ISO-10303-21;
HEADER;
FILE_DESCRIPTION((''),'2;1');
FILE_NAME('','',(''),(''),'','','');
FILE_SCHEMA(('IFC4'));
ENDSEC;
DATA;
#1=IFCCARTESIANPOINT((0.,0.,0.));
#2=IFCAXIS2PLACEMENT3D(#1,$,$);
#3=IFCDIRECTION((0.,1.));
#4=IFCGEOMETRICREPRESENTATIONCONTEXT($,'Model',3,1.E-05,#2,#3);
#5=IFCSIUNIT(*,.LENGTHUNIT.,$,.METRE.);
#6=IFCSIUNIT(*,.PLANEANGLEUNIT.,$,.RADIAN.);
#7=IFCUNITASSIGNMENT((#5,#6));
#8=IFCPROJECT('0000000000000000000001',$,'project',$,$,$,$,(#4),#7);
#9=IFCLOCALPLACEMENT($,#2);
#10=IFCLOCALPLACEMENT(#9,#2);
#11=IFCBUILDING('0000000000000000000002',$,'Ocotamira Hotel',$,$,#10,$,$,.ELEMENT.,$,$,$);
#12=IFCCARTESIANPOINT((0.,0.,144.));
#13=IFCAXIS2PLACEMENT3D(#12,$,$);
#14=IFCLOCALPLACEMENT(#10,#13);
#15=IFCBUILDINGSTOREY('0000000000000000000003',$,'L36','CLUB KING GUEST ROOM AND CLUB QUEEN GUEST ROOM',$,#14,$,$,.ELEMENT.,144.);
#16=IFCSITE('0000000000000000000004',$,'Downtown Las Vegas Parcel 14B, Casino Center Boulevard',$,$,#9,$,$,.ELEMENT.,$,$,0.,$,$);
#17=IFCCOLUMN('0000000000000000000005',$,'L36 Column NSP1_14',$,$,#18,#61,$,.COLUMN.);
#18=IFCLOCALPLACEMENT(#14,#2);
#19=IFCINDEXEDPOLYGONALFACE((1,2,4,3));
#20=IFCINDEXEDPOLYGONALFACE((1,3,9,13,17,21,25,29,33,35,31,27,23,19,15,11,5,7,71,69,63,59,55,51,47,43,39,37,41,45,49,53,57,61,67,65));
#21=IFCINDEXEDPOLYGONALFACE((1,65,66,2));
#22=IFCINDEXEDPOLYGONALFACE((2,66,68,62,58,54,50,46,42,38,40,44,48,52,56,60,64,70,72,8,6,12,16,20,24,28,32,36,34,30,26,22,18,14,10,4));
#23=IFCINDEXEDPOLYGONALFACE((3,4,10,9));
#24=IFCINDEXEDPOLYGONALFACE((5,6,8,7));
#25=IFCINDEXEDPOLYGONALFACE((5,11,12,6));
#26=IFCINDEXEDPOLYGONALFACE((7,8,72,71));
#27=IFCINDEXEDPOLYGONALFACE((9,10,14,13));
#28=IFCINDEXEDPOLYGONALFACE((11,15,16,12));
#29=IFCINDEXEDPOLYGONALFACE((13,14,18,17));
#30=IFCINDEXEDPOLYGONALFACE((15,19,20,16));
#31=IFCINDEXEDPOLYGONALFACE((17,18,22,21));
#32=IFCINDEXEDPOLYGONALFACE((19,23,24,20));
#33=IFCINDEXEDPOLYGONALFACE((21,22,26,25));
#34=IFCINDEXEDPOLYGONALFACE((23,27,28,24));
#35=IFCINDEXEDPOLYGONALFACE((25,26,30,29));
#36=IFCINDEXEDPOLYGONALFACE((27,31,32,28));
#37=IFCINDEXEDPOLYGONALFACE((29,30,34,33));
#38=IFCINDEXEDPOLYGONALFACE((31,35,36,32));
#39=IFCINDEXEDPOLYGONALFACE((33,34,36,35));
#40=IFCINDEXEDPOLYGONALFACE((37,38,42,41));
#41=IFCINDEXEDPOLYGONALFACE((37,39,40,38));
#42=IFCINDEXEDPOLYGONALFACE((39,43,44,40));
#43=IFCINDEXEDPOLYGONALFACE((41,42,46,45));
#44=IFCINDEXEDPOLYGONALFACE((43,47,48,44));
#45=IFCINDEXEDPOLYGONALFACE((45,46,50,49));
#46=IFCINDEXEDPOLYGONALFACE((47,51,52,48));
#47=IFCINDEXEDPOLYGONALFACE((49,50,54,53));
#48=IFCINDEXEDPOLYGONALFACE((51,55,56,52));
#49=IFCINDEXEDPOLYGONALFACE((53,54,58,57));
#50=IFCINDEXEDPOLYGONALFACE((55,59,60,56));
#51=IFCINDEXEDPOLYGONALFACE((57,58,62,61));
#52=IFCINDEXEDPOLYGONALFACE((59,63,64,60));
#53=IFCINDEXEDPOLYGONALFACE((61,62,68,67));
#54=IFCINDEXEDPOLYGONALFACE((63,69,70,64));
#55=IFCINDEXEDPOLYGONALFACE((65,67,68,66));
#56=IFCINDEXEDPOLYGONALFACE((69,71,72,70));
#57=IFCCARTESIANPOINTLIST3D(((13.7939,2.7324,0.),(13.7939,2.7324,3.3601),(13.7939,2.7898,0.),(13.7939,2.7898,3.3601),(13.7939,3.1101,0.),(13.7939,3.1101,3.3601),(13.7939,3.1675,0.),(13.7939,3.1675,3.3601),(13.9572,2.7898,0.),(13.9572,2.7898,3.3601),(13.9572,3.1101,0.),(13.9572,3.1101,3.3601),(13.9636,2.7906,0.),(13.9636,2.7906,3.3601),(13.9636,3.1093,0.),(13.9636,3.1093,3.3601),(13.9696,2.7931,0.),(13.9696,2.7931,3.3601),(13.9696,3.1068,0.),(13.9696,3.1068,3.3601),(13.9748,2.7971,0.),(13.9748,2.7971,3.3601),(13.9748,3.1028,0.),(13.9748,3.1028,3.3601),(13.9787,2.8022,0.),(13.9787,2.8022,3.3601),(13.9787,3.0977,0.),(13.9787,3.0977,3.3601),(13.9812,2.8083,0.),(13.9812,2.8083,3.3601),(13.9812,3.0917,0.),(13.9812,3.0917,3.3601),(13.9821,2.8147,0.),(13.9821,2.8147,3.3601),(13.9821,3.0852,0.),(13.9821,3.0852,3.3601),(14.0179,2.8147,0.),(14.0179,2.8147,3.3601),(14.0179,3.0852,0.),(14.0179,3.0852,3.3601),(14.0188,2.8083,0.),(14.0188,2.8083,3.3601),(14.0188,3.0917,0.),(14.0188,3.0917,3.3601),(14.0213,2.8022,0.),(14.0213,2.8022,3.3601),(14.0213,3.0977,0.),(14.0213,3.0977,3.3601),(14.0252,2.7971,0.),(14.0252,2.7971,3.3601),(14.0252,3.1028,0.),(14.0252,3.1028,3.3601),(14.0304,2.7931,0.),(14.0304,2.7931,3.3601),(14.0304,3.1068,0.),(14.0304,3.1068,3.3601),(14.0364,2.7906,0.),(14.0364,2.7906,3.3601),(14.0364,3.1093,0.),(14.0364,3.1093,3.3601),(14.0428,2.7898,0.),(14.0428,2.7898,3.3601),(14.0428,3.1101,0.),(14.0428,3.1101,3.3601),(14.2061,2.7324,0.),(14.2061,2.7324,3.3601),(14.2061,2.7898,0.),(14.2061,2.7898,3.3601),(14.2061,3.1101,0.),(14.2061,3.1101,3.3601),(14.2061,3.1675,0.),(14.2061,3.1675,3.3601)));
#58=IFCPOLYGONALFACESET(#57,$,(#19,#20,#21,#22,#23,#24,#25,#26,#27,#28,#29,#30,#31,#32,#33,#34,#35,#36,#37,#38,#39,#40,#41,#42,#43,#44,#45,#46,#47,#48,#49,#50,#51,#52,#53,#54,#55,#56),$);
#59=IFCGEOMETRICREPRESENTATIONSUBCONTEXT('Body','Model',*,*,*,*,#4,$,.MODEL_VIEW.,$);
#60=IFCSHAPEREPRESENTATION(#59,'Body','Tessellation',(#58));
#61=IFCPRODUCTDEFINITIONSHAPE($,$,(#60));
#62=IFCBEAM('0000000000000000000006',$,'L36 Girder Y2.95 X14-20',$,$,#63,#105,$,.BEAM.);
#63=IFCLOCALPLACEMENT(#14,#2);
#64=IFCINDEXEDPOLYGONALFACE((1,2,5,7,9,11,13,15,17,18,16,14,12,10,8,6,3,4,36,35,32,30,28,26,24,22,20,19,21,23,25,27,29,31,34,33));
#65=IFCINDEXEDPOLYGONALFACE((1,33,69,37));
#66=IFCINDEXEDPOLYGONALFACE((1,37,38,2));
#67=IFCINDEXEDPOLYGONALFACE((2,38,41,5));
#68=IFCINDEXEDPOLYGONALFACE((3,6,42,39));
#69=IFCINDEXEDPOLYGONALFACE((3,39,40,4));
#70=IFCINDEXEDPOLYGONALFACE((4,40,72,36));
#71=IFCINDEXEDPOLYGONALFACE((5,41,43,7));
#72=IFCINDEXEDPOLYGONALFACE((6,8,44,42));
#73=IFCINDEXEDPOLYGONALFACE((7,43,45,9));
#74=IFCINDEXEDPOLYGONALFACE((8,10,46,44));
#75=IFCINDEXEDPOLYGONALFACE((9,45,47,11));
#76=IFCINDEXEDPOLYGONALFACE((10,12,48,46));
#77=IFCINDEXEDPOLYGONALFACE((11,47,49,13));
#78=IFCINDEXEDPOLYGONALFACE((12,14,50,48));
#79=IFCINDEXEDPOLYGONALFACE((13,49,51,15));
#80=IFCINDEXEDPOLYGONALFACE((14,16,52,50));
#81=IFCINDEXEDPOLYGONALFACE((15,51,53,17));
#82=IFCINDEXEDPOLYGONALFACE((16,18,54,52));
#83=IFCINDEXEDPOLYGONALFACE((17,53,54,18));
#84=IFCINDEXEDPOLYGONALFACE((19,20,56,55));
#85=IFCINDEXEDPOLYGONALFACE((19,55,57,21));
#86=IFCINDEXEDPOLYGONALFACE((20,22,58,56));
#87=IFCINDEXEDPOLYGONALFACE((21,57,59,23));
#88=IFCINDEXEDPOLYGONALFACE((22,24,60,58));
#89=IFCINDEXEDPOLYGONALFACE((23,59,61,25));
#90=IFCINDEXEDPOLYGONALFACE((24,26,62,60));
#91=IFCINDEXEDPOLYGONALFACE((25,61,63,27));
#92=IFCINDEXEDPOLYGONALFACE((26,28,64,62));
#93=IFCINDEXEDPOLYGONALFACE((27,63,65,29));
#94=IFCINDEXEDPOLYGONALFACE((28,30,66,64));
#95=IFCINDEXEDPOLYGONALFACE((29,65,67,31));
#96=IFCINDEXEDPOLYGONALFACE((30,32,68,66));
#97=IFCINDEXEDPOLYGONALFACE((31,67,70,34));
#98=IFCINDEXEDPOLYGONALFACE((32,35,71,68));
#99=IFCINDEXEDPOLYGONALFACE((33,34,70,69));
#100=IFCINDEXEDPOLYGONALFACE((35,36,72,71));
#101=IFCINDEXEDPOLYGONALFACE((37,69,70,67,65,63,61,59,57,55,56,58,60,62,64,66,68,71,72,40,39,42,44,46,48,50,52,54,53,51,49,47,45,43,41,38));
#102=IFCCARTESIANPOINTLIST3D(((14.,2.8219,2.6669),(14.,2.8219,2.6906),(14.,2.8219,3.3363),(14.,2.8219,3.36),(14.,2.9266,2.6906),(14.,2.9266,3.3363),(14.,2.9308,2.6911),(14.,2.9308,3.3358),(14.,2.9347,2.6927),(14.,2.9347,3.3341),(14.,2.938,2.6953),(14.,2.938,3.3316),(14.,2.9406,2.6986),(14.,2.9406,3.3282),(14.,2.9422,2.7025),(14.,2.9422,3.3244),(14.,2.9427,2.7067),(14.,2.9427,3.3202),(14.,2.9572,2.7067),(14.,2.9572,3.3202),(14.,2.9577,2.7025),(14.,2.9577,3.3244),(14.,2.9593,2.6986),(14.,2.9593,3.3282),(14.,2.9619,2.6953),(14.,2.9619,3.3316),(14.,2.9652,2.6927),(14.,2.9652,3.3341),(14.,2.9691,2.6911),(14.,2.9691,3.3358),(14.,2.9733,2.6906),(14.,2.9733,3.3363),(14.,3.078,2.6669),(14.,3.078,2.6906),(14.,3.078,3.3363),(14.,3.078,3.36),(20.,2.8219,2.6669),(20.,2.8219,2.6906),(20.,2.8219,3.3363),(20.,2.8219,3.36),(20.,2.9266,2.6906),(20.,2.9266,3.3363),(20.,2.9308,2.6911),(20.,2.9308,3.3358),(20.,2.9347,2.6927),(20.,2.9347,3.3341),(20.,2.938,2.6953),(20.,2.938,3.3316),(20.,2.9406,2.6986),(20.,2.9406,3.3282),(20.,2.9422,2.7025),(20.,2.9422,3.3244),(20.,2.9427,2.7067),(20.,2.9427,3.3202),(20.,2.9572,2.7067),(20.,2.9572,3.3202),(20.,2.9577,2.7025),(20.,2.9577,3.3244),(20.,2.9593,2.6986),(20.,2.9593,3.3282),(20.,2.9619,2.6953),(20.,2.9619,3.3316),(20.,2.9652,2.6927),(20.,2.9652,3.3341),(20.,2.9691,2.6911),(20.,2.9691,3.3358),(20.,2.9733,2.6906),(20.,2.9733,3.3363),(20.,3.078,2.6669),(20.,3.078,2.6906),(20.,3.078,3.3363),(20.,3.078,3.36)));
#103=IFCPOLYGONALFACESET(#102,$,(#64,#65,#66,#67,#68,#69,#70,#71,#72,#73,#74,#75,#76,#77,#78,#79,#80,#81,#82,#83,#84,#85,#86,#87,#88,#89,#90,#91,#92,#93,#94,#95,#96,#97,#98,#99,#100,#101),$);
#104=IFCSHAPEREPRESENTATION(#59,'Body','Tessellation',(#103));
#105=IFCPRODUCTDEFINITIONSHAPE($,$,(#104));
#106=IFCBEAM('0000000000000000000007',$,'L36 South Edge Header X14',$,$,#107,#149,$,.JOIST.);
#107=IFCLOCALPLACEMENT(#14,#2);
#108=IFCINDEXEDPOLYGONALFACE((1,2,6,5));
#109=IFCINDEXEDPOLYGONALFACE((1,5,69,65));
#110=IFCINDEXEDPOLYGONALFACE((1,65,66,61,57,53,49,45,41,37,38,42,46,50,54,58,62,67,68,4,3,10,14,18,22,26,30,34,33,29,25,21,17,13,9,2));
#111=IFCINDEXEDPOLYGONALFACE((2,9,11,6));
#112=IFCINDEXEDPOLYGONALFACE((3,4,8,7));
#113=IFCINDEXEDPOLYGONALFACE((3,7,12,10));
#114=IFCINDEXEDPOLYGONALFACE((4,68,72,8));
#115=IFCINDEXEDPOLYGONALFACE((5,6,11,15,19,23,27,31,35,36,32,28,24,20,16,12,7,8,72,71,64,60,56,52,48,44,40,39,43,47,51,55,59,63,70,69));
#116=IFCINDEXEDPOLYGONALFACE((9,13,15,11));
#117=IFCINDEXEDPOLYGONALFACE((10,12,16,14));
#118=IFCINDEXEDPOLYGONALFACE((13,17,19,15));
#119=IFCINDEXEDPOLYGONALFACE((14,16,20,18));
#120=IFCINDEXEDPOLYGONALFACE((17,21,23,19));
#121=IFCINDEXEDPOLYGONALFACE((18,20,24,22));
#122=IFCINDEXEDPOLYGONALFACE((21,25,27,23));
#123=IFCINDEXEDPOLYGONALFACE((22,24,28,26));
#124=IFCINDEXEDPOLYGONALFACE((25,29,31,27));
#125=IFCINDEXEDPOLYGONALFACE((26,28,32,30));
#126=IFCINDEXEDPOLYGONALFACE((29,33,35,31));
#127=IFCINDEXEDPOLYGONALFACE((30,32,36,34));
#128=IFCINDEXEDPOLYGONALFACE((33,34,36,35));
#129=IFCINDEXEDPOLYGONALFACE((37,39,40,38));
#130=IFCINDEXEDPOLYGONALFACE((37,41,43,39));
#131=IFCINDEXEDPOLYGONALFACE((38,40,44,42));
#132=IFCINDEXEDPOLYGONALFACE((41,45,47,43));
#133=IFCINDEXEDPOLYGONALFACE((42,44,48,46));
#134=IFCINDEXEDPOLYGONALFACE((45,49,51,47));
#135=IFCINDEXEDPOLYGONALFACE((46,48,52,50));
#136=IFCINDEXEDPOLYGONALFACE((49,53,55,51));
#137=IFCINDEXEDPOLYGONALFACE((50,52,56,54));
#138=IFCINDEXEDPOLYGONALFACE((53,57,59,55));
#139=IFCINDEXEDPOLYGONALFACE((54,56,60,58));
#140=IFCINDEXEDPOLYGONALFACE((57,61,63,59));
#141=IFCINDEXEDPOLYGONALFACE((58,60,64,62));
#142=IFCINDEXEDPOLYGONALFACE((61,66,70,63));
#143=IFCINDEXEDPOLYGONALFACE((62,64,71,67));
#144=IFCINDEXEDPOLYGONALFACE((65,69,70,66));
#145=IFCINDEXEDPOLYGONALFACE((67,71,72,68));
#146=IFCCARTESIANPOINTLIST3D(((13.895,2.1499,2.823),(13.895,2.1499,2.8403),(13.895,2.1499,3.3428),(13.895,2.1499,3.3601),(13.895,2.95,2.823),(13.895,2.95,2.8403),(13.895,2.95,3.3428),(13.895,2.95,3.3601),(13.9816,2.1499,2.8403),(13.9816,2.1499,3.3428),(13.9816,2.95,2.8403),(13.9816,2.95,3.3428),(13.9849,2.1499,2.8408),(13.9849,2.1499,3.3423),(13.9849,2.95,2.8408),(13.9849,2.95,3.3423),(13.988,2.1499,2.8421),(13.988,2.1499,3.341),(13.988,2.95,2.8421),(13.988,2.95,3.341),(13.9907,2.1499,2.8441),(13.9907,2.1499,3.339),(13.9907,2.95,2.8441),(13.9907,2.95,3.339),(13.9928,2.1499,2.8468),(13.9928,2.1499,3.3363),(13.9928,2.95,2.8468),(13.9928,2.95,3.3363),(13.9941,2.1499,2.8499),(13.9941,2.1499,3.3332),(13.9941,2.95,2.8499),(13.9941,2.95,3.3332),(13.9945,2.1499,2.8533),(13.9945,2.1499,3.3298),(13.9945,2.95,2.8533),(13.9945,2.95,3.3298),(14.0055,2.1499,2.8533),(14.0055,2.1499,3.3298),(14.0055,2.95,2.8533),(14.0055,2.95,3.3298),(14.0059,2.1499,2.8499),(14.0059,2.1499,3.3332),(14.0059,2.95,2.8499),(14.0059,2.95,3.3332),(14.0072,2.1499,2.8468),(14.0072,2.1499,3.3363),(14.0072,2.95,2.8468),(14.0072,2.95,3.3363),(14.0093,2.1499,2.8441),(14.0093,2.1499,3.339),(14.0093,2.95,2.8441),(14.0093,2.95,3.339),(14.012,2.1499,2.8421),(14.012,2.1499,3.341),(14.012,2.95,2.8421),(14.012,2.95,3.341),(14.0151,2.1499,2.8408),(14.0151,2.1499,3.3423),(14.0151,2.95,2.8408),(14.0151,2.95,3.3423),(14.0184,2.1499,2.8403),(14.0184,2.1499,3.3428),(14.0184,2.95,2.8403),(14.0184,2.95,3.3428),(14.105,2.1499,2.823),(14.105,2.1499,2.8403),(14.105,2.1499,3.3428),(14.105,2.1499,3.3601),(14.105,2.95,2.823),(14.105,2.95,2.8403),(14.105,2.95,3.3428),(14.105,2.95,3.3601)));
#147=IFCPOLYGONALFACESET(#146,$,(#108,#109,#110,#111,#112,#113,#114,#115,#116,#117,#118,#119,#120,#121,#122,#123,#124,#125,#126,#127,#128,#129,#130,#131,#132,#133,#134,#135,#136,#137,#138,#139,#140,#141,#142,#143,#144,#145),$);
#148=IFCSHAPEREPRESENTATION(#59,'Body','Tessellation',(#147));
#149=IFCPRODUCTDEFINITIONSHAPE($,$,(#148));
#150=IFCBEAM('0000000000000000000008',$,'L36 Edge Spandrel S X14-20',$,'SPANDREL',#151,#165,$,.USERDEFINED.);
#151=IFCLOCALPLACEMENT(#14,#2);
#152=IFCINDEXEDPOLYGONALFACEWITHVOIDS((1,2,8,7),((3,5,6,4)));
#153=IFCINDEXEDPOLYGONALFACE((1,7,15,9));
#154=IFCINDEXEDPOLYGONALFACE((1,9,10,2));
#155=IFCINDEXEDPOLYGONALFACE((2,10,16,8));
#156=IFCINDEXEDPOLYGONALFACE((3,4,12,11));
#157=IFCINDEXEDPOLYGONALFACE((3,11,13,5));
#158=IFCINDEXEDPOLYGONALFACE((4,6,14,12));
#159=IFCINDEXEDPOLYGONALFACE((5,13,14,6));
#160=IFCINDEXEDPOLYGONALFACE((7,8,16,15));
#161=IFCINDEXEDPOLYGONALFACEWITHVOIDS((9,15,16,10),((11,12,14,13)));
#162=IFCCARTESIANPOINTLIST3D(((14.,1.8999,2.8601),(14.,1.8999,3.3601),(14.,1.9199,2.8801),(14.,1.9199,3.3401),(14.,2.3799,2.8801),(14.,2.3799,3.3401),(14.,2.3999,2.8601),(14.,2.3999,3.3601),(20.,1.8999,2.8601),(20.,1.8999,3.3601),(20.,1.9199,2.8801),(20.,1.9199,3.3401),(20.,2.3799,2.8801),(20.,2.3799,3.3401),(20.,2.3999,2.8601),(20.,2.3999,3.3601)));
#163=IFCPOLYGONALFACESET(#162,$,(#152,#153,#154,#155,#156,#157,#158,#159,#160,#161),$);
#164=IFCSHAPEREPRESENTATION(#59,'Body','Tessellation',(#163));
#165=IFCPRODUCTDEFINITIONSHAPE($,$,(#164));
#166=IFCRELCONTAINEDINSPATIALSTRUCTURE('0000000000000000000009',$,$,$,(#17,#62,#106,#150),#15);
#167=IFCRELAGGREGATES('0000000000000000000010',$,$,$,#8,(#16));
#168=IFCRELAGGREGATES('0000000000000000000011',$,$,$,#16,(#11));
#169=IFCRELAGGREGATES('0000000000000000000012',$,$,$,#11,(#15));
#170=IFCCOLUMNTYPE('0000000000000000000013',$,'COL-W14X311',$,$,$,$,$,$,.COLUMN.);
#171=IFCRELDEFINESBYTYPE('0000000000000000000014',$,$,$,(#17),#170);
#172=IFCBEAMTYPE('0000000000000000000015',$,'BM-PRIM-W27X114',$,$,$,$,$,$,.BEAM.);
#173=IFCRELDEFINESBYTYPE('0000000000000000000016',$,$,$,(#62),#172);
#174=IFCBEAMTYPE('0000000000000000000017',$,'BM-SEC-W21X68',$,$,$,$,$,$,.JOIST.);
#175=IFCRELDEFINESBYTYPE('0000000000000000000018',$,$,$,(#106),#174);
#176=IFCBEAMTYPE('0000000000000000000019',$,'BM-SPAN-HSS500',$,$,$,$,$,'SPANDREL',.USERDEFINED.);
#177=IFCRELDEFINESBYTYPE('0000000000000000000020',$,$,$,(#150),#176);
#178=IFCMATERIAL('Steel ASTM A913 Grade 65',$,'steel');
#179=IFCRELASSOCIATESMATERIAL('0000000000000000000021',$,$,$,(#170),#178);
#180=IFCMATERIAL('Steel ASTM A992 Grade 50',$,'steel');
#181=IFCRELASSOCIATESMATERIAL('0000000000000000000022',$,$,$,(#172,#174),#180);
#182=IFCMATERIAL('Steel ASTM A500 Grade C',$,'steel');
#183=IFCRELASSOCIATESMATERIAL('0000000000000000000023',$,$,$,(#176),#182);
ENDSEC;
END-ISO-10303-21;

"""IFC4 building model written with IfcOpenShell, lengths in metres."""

from ifc_helpers import new_model, si_unit, direction, frame, origin, origin_2d, place, context, subcontext, project, spatial, hollow_rectangle, i_section, extrude, source, transform, mapped, material, material_profile, profile_set, type_object, element, save


model = new_model("IFC4")

# Units and contexts
model_context = context("Model", 3, precision=1e-05, world=origin(), true_north=direction((0.0, 1.0)))
body_context = subcontext(model_context, "Body", "Model", "MODEL_VIEW")
ifc_project = project(units=[si_unit("LENGTHUNIT", "METRE"), si_unit("PLANEANGLEUNIT", "RADIAN")], contexts=[model_context])

# Site, building, storey
site_placement = place(None, origin())
site = spatial("IfcSite", under=ifc_project, at=site_placement, Name="Downtown Las Vegas Parcel 14B, Casino Center Boulevard", CompositionType="ELEMENT", RefElevation=0.0)
building_placement = place(site_placement, origin())
building = spatial("IfcBuilding", under=site, at=building_placement, Name="Ocotamira Hotel", CompositionType="ELEMENT")
storey_placement = place(building_placement, frame((0.0, 0.0, 144.0)))
storey = spatial("IfcBuildingStorey", under=building, at=storey_placement, Name="L36", Description="CLUB KING GUEST ROOM AND CLUB QUEEN GUEST ROOM", CompositionType="ELEMENT", Elevation=144.0)

# Column
ifc_material_1 = material(Name="Steel ASTM A913 Grade 65", Category="steel")
ifc_material_profile_1 = material_profile(ifc_material_1, i_section(OverallWidth=0.4121, OverallDepth=0.4351, WebThickness=0.0359, FlangeThickness=0.0574, FilletRadius=0.0249, at=origin_2d()), Name="W14X311")
ifc_profile_set_1 = profile_set([ifc_material_profile_1], Name="Steel ASTM A913 Grade 65")
column_type = type_object("IfcColumnType", Name="COL-W14X311", PredefinedType="COLUMN", material=ifc_profile_set_1)
shared_shape_1 = source(origin(), body_context, "Body", "SweptSolid", [
    extrude(i_section(OverallWidth=0.4121, OverallDepth=0.4351, WebThickness=0.0359, FlangeThickness=0.0574, FilletRadius=0.0249, at=origin_2d()), origin(), (0.0, 0.0, 1.0), 3.3601),
])
column_placement = place(storey_placement, frame((14.0, 2.95, 0.0), z_axis=(0.0, 0.0, 1.0), x_axis=(1.0, 0.0, 0.0)))
element("IfcColumn", 1, at=column_placement, inside=storey, type_object=column_type, Name="L36 Column NSP1_14", PredefinedType="COLUMN", context=body_context, shape_type="MappedRepresentation", body=[
    mapped(shared_shape_1, transform((0.0, 0.0, 0.0), scale=1.0)),
])

# Beams
ifc_material_2 = material(Name="Steel ASTM A992 Grade 50", Category="steel")
ifc_material_profile_2 = material_profile(ifc_material_2, i_section(OverallWidth=0.2561, OverallDepth=0.6931, WebThickness=0.0144, FlangeThickness=0.0237, FilletRadius=0.0161, at=origin_2d()), Name="W27X114")
ifc_profile_set_2 = profile_set([ifc_material_profile_2], Name="Steel ASTM A992 Grade 50")
beam_type_1 = type_object("IfcBeamType", Name="BM-PRIM-W27X114", PredefinedType="BEAM", material=ifc_profile_set_2)
shared_shape_2 = source(origin(), body_context, "Body", "SweptSolid", [
    extrude(i_section(OverallWidth=0.2561, OverallDepth=0.6931, WebThickness=0.0144, FlangeThickness=0.0237, FilletRadius=0.0161, at=origin_2d()), origin(), (0.0, 0.0, 1.0), 6.0),
])
beam_1_placement = place(storey_placement, frame((14.0, 2.95, 3.0134), z_axis=(1.0, 0.0, 0.0), x_axis=(0.0, 1.0, 0.0)))
element("IfcBeam", 2, at=beam_1_placement, inside=storey, type_object=beam_type_1, Name="L36 Girder Y2.95 X14-20", PredefinedType="BEAM", context=body_context, shape_type="MappedRepresentation", body=[
    mapped(shared_shape_2, transform((0.0, 0.0, 0.0), scale=1.0)),
])
ifc_material_profile_3 = material_profile(ifc_material_2, i_section(OverallWidth=0.21, OverallDepth=0.5371, WebThickness=0.011, FlangeThickness=0.0173, FilletRadius=0.0129, at=origin_2d()), Name="W21X68")
ifc_profile_set_3 = profile_set([ifc_material_profile_3], Name="Steel ASTM A992 Grade 50")
beam_type_2 = type_object("IfcBeamType", Name="BM-SEC-W21X68", PredefinedType="JOIST", material=ifc_profile_set_3)
shared_shape_3 = source(origin(), body_context, "Body", "SweptSolid", [
    extrude(i_section(OverallWidth=0.21, OverallDepth=0.5371, WebThickness=0.011, FlangeThickness=0.0173, FilletRadius=0.0129, at=origin_2d()), origin(), (0.0, 0.0, 1.0), 0.8),
])
beam_2_placement = place(storey_placement, frame((14.0, 2.95, 3.0916), z_axis=(0.0, -1.0, 0.0), x_axis=(1.0, 0.0, 0.0)))
element("IfcBeam", 3, at=beam_2_placement, inside=storey, type_object=beam_type_2, Name="L36 South Edge Header X14", PredefinedType="JOIST", context=body_context, shape_type="MappedRepresentation", body=[
    mapped(shared_shape_3, transform((0.0, 0.0, 0.0), scale=1.0)),
])
ifc_material_3 = material(Name="Steel ASTM A500 Grade C", Category="steel")
ifc_material_profile_4 = material_profile(ifc_material_3, hollow_rectangle(XDim=0.5, YDim=0.5, WallThickness=0.02, at=origin_2d()), Name="HSS500X500X20")
ifc_profile_set_4 = profile_set([ifc_material_profile_4], Name="Steel ASTM A500 Grade C")
beam_type_3 = type_object("IfcBeamType", Name="BM-SPAN-HSS500", ElementType="SPANDREL", PredefinedType="USERDEFINED", material=ifc_profile_set_4)
shared_shape_4 = source(origin(), body_context, "Body", "SweptSolid", [
    extrude(hollow_rectangle(XDim=0.5, YDim=0.5, WallThickness=0.02, at=origin_2d()), origin(), (0.0, 0.0, 1.0), 6.0),
])
beam_3_placement = place(storey_placement, frame((14.0, 2.1499, 3.1101), z_axis=(1.0, 0.0, 0.0), x_axis=(0.0, 1.0, 0.0)))
element("IfcBeam", 4, at=beam_3_placement, inside=storey, type_object=beam_type_3, Name="L36 Edge Spandrel S X14-20", ObjectType="SPANDREL", PredefinedType="USERDEFINED", context=body_context, shape_type="MappedRepresentation", body=[
    mapped(shared_shape_4, transform((0.0, 0.0, 0.0), scale=1.0)),
])

save(model, "model.ifc")
